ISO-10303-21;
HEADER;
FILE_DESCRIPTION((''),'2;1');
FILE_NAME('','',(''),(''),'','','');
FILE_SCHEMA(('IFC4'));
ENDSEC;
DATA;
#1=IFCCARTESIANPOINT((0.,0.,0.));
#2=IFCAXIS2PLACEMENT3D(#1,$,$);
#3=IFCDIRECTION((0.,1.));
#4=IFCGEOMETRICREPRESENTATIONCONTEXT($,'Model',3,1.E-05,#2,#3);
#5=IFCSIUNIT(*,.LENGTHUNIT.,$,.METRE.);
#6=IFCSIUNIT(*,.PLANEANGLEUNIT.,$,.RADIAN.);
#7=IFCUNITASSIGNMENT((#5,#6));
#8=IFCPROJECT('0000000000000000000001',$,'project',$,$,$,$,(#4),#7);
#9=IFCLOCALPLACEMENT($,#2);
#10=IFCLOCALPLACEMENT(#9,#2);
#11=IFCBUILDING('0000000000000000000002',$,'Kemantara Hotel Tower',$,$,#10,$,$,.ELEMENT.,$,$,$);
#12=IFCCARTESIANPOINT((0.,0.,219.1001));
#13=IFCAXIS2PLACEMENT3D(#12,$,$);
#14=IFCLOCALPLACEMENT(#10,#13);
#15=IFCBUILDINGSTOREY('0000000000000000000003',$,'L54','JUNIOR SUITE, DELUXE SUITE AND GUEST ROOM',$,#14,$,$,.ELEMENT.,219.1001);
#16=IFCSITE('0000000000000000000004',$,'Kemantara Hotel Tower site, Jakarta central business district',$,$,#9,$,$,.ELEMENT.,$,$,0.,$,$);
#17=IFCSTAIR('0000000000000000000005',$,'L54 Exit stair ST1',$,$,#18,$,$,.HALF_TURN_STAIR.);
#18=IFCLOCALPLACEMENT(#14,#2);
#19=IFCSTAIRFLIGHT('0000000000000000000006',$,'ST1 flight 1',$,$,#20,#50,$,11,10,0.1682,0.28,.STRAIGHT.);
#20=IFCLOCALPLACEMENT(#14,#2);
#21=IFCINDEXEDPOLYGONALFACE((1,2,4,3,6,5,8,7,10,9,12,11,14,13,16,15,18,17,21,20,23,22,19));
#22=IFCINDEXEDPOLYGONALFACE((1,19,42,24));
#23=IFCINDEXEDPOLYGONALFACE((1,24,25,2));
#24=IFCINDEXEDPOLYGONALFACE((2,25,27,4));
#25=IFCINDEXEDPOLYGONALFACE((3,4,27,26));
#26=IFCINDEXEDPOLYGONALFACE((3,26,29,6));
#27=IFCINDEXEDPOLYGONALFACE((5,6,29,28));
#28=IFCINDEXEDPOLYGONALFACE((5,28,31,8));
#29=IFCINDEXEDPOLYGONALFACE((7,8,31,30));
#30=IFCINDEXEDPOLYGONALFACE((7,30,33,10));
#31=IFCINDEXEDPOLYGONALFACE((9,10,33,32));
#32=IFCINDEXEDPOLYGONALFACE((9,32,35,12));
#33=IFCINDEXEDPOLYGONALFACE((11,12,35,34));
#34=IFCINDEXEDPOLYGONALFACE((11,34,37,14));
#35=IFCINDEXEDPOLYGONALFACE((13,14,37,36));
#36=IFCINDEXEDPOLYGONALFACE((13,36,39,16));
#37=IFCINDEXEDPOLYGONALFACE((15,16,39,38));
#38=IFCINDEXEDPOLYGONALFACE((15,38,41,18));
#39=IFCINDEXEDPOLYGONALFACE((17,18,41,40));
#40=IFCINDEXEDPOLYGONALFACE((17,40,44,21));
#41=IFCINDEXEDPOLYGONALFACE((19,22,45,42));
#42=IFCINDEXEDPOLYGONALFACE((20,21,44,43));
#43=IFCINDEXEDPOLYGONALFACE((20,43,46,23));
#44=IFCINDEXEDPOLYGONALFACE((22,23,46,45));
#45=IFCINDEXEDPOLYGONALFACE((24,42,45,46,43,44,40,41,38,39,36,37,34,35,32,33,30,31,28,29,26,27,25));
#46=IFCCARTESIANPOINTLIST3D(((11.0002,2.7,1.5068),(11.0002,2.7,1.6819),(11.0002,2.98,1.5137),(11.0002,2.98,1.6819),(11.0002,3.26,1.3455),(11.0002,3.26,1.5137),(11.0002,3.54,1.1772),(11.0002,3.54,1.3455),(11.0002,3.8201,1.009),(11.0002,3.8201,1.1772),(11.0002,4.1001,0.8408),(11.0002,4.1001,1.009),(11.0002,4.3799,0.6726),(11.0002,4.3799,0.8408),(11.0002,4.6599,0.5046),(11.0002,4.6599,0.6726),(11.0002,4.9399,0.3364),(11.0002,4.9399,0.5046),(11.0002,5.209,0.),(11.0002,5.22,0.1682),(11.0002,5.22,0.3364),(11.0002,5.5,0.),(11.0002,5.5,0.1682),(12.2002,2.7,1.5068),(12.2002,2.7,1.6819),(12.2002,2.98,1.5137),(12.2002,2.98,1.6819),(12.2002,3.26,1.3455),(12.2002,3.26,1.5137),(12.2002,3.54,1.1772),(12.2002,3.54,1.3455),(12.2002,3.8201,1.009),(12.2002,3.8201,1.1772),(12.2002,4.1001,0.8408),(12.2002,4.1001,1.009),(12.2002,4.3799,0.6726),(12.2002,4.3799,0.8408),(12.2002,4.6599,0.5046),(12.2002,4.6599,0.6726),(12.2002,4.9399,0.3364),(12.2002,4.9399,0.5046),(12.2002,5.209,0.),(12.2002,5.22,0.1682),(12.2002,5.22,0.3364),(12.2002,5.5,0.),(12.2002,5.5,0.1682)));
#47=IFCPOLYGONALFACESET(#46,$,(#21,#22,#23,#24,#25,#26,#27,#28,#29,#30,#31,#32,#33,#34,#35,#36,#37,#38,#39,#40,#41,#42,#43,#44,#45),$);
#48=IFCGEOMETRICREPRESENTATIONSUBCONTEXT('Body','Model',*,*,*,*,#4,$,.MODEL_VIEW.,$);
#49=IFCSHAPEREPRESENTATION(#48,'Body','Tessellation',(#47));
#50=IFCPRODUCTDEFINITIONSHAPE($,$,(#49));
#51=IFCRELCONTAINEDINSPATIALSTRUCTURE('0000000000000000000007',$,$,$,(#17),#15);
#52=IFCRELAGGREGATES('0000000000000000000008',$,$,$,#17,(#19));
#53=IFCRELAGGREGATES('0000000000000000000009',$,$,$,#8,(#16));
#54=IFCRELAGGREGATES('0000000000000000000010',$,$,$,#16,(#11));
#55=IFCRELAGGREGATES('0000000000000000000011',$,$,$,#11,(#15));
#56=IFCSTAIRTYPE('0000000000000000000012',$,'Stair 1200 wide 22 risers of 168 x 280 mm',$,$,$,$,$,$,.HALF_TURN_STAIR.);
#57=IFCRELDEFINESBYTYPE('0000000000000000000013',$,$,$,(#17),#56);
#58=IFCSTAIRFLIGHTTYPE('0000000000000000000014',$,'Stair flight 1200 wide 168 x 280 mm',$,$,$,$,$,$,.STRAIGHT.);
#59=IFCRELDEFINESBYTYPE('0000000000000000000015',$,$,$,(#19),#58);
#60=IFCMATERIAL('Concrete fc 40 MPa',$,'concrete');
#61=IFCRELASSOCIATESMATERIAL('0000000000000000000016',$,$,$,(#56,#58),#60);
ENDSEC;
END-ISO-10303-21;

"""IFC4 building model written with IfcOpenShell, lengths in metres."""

from ifc_helpers import new_model, si_unit, direction, frame, origin, place, context, subcontext, project, spatial, polyline, outline, extrude, material, type_object, element, aggregate, save


model = new_model("IFC4")

# Units and contexts
model_context = context("Model", 3, precision=1e-05, world=origin(), true_north=direction((0.0, 1.0)))
body_context = subcontext(model_context, "Body", "Model", "MODEL_VIEW")
ifc_project = project(units=[si_unit("LENGTHUNIT", "METRE"), si_unit("PLANEANGLEUNIT", "RADIAN")], contexts=[model_context])

# Site, building, storey
site_placement = place(None, origin())
site = spatial("IfcSite", under=ifc_project, at=site_placement, Name="Kemantara Hotel Tower site, Jakarta central business district", CompositionType="ELEMENT", RefElevation=0.0)
building_placement = place(site_placement, origin())
building = spatial("IfcBuilding", under=site, at=building_placement, Name="Kemantara Hotel Tower", CompositionType="ELEMENT")
storey_placement = place(building_placement, frame((0.0, 0.0, 219.1001)))
storey = spatial("IfcBuildingStorey", under=building, at=storey_placement, Name="L54", Description="JUNIOR SUITE, DELUXE SUITE AND GUEST ROOM", CompositionType="ELEMENT", Elevation=219.1001)

# Stair, stair flight
ifc_material_1 = material(Name="Concrete fc 40 MPa", Category="concrete")
stair_type = type_object("IfcStairType", Name="Stair 1200 wide 22 risers of 168 x 280 mm", PredefinedType="HALF_TURN_STAIR", material=ifc_material_1)
stair_placement = place(storey_placement, origin())
stair = element("IfcStair", 1, at=stair_placement, inside=storey, type_object=stair_type, Name="L54 Exit stair ST1", PredefinedType="HALF_TURN_STAIR")
stair_flight_type = type_object("IfcStairFlightType", Name="Stair flight 1200 wide 168 x 280 mm", PredefinedType="STRAIGHT", material=ifc_material_1)
stair_flight_placement = place(storey_placement, frame((11.6001, 5.5, 0.0), z_axis=(0.0, 0.0, 1.0), x_axis=(0.0, -1.0, 0.0)))
stair_flight = element("IfcStairFlight", 2, at=stair_flight_placement, type_object=stair_flight_type, Name="ST1 flight 1", NumberOfRisers=11, NumberOfTreads=10, PredefinedType="STRAIGHT", RiserHeight=0.1682, TreadLength=0.28, context=body_context, shape_type="SweptSolid", body=[
    extrude(outline(polyline([(0.0, 0.0), (0.0, 0.1682), (0.28, 0.1682), (0.28, 0.3364), (0.5601, 0.3364), (0.5601, 0.5046), (0.8401, 0.5046), (0.8401, 0.6726), (1.1201, 0.6726), (1.1201, 0.8408), (1.3999, 0.8408), (1.3999, 1.009), (1.6799, 1.009), (1.6799, 1.1772), (1.96, 1.1772), (1.96, 1.3455), (2.24, 1.3455), (2.24, 1.5137), (2.52, 1.5137), (2.52, 1.6819), (2.8, 1.6819), (2.8, 1.8501), (2.8, 1.5068), (0.291, 0.0), (0.0, 0.0)])), frame((0.0, 0.6001, 0.0), z_axis=(0.0, -1.0, 0.0), x_axis=(1.0, 0.0, 0.0)), (0.0, 0.0, 1.0), 1.2),
])
aggregate(stair, [stair_flight])

save(model, "model.ifc")
